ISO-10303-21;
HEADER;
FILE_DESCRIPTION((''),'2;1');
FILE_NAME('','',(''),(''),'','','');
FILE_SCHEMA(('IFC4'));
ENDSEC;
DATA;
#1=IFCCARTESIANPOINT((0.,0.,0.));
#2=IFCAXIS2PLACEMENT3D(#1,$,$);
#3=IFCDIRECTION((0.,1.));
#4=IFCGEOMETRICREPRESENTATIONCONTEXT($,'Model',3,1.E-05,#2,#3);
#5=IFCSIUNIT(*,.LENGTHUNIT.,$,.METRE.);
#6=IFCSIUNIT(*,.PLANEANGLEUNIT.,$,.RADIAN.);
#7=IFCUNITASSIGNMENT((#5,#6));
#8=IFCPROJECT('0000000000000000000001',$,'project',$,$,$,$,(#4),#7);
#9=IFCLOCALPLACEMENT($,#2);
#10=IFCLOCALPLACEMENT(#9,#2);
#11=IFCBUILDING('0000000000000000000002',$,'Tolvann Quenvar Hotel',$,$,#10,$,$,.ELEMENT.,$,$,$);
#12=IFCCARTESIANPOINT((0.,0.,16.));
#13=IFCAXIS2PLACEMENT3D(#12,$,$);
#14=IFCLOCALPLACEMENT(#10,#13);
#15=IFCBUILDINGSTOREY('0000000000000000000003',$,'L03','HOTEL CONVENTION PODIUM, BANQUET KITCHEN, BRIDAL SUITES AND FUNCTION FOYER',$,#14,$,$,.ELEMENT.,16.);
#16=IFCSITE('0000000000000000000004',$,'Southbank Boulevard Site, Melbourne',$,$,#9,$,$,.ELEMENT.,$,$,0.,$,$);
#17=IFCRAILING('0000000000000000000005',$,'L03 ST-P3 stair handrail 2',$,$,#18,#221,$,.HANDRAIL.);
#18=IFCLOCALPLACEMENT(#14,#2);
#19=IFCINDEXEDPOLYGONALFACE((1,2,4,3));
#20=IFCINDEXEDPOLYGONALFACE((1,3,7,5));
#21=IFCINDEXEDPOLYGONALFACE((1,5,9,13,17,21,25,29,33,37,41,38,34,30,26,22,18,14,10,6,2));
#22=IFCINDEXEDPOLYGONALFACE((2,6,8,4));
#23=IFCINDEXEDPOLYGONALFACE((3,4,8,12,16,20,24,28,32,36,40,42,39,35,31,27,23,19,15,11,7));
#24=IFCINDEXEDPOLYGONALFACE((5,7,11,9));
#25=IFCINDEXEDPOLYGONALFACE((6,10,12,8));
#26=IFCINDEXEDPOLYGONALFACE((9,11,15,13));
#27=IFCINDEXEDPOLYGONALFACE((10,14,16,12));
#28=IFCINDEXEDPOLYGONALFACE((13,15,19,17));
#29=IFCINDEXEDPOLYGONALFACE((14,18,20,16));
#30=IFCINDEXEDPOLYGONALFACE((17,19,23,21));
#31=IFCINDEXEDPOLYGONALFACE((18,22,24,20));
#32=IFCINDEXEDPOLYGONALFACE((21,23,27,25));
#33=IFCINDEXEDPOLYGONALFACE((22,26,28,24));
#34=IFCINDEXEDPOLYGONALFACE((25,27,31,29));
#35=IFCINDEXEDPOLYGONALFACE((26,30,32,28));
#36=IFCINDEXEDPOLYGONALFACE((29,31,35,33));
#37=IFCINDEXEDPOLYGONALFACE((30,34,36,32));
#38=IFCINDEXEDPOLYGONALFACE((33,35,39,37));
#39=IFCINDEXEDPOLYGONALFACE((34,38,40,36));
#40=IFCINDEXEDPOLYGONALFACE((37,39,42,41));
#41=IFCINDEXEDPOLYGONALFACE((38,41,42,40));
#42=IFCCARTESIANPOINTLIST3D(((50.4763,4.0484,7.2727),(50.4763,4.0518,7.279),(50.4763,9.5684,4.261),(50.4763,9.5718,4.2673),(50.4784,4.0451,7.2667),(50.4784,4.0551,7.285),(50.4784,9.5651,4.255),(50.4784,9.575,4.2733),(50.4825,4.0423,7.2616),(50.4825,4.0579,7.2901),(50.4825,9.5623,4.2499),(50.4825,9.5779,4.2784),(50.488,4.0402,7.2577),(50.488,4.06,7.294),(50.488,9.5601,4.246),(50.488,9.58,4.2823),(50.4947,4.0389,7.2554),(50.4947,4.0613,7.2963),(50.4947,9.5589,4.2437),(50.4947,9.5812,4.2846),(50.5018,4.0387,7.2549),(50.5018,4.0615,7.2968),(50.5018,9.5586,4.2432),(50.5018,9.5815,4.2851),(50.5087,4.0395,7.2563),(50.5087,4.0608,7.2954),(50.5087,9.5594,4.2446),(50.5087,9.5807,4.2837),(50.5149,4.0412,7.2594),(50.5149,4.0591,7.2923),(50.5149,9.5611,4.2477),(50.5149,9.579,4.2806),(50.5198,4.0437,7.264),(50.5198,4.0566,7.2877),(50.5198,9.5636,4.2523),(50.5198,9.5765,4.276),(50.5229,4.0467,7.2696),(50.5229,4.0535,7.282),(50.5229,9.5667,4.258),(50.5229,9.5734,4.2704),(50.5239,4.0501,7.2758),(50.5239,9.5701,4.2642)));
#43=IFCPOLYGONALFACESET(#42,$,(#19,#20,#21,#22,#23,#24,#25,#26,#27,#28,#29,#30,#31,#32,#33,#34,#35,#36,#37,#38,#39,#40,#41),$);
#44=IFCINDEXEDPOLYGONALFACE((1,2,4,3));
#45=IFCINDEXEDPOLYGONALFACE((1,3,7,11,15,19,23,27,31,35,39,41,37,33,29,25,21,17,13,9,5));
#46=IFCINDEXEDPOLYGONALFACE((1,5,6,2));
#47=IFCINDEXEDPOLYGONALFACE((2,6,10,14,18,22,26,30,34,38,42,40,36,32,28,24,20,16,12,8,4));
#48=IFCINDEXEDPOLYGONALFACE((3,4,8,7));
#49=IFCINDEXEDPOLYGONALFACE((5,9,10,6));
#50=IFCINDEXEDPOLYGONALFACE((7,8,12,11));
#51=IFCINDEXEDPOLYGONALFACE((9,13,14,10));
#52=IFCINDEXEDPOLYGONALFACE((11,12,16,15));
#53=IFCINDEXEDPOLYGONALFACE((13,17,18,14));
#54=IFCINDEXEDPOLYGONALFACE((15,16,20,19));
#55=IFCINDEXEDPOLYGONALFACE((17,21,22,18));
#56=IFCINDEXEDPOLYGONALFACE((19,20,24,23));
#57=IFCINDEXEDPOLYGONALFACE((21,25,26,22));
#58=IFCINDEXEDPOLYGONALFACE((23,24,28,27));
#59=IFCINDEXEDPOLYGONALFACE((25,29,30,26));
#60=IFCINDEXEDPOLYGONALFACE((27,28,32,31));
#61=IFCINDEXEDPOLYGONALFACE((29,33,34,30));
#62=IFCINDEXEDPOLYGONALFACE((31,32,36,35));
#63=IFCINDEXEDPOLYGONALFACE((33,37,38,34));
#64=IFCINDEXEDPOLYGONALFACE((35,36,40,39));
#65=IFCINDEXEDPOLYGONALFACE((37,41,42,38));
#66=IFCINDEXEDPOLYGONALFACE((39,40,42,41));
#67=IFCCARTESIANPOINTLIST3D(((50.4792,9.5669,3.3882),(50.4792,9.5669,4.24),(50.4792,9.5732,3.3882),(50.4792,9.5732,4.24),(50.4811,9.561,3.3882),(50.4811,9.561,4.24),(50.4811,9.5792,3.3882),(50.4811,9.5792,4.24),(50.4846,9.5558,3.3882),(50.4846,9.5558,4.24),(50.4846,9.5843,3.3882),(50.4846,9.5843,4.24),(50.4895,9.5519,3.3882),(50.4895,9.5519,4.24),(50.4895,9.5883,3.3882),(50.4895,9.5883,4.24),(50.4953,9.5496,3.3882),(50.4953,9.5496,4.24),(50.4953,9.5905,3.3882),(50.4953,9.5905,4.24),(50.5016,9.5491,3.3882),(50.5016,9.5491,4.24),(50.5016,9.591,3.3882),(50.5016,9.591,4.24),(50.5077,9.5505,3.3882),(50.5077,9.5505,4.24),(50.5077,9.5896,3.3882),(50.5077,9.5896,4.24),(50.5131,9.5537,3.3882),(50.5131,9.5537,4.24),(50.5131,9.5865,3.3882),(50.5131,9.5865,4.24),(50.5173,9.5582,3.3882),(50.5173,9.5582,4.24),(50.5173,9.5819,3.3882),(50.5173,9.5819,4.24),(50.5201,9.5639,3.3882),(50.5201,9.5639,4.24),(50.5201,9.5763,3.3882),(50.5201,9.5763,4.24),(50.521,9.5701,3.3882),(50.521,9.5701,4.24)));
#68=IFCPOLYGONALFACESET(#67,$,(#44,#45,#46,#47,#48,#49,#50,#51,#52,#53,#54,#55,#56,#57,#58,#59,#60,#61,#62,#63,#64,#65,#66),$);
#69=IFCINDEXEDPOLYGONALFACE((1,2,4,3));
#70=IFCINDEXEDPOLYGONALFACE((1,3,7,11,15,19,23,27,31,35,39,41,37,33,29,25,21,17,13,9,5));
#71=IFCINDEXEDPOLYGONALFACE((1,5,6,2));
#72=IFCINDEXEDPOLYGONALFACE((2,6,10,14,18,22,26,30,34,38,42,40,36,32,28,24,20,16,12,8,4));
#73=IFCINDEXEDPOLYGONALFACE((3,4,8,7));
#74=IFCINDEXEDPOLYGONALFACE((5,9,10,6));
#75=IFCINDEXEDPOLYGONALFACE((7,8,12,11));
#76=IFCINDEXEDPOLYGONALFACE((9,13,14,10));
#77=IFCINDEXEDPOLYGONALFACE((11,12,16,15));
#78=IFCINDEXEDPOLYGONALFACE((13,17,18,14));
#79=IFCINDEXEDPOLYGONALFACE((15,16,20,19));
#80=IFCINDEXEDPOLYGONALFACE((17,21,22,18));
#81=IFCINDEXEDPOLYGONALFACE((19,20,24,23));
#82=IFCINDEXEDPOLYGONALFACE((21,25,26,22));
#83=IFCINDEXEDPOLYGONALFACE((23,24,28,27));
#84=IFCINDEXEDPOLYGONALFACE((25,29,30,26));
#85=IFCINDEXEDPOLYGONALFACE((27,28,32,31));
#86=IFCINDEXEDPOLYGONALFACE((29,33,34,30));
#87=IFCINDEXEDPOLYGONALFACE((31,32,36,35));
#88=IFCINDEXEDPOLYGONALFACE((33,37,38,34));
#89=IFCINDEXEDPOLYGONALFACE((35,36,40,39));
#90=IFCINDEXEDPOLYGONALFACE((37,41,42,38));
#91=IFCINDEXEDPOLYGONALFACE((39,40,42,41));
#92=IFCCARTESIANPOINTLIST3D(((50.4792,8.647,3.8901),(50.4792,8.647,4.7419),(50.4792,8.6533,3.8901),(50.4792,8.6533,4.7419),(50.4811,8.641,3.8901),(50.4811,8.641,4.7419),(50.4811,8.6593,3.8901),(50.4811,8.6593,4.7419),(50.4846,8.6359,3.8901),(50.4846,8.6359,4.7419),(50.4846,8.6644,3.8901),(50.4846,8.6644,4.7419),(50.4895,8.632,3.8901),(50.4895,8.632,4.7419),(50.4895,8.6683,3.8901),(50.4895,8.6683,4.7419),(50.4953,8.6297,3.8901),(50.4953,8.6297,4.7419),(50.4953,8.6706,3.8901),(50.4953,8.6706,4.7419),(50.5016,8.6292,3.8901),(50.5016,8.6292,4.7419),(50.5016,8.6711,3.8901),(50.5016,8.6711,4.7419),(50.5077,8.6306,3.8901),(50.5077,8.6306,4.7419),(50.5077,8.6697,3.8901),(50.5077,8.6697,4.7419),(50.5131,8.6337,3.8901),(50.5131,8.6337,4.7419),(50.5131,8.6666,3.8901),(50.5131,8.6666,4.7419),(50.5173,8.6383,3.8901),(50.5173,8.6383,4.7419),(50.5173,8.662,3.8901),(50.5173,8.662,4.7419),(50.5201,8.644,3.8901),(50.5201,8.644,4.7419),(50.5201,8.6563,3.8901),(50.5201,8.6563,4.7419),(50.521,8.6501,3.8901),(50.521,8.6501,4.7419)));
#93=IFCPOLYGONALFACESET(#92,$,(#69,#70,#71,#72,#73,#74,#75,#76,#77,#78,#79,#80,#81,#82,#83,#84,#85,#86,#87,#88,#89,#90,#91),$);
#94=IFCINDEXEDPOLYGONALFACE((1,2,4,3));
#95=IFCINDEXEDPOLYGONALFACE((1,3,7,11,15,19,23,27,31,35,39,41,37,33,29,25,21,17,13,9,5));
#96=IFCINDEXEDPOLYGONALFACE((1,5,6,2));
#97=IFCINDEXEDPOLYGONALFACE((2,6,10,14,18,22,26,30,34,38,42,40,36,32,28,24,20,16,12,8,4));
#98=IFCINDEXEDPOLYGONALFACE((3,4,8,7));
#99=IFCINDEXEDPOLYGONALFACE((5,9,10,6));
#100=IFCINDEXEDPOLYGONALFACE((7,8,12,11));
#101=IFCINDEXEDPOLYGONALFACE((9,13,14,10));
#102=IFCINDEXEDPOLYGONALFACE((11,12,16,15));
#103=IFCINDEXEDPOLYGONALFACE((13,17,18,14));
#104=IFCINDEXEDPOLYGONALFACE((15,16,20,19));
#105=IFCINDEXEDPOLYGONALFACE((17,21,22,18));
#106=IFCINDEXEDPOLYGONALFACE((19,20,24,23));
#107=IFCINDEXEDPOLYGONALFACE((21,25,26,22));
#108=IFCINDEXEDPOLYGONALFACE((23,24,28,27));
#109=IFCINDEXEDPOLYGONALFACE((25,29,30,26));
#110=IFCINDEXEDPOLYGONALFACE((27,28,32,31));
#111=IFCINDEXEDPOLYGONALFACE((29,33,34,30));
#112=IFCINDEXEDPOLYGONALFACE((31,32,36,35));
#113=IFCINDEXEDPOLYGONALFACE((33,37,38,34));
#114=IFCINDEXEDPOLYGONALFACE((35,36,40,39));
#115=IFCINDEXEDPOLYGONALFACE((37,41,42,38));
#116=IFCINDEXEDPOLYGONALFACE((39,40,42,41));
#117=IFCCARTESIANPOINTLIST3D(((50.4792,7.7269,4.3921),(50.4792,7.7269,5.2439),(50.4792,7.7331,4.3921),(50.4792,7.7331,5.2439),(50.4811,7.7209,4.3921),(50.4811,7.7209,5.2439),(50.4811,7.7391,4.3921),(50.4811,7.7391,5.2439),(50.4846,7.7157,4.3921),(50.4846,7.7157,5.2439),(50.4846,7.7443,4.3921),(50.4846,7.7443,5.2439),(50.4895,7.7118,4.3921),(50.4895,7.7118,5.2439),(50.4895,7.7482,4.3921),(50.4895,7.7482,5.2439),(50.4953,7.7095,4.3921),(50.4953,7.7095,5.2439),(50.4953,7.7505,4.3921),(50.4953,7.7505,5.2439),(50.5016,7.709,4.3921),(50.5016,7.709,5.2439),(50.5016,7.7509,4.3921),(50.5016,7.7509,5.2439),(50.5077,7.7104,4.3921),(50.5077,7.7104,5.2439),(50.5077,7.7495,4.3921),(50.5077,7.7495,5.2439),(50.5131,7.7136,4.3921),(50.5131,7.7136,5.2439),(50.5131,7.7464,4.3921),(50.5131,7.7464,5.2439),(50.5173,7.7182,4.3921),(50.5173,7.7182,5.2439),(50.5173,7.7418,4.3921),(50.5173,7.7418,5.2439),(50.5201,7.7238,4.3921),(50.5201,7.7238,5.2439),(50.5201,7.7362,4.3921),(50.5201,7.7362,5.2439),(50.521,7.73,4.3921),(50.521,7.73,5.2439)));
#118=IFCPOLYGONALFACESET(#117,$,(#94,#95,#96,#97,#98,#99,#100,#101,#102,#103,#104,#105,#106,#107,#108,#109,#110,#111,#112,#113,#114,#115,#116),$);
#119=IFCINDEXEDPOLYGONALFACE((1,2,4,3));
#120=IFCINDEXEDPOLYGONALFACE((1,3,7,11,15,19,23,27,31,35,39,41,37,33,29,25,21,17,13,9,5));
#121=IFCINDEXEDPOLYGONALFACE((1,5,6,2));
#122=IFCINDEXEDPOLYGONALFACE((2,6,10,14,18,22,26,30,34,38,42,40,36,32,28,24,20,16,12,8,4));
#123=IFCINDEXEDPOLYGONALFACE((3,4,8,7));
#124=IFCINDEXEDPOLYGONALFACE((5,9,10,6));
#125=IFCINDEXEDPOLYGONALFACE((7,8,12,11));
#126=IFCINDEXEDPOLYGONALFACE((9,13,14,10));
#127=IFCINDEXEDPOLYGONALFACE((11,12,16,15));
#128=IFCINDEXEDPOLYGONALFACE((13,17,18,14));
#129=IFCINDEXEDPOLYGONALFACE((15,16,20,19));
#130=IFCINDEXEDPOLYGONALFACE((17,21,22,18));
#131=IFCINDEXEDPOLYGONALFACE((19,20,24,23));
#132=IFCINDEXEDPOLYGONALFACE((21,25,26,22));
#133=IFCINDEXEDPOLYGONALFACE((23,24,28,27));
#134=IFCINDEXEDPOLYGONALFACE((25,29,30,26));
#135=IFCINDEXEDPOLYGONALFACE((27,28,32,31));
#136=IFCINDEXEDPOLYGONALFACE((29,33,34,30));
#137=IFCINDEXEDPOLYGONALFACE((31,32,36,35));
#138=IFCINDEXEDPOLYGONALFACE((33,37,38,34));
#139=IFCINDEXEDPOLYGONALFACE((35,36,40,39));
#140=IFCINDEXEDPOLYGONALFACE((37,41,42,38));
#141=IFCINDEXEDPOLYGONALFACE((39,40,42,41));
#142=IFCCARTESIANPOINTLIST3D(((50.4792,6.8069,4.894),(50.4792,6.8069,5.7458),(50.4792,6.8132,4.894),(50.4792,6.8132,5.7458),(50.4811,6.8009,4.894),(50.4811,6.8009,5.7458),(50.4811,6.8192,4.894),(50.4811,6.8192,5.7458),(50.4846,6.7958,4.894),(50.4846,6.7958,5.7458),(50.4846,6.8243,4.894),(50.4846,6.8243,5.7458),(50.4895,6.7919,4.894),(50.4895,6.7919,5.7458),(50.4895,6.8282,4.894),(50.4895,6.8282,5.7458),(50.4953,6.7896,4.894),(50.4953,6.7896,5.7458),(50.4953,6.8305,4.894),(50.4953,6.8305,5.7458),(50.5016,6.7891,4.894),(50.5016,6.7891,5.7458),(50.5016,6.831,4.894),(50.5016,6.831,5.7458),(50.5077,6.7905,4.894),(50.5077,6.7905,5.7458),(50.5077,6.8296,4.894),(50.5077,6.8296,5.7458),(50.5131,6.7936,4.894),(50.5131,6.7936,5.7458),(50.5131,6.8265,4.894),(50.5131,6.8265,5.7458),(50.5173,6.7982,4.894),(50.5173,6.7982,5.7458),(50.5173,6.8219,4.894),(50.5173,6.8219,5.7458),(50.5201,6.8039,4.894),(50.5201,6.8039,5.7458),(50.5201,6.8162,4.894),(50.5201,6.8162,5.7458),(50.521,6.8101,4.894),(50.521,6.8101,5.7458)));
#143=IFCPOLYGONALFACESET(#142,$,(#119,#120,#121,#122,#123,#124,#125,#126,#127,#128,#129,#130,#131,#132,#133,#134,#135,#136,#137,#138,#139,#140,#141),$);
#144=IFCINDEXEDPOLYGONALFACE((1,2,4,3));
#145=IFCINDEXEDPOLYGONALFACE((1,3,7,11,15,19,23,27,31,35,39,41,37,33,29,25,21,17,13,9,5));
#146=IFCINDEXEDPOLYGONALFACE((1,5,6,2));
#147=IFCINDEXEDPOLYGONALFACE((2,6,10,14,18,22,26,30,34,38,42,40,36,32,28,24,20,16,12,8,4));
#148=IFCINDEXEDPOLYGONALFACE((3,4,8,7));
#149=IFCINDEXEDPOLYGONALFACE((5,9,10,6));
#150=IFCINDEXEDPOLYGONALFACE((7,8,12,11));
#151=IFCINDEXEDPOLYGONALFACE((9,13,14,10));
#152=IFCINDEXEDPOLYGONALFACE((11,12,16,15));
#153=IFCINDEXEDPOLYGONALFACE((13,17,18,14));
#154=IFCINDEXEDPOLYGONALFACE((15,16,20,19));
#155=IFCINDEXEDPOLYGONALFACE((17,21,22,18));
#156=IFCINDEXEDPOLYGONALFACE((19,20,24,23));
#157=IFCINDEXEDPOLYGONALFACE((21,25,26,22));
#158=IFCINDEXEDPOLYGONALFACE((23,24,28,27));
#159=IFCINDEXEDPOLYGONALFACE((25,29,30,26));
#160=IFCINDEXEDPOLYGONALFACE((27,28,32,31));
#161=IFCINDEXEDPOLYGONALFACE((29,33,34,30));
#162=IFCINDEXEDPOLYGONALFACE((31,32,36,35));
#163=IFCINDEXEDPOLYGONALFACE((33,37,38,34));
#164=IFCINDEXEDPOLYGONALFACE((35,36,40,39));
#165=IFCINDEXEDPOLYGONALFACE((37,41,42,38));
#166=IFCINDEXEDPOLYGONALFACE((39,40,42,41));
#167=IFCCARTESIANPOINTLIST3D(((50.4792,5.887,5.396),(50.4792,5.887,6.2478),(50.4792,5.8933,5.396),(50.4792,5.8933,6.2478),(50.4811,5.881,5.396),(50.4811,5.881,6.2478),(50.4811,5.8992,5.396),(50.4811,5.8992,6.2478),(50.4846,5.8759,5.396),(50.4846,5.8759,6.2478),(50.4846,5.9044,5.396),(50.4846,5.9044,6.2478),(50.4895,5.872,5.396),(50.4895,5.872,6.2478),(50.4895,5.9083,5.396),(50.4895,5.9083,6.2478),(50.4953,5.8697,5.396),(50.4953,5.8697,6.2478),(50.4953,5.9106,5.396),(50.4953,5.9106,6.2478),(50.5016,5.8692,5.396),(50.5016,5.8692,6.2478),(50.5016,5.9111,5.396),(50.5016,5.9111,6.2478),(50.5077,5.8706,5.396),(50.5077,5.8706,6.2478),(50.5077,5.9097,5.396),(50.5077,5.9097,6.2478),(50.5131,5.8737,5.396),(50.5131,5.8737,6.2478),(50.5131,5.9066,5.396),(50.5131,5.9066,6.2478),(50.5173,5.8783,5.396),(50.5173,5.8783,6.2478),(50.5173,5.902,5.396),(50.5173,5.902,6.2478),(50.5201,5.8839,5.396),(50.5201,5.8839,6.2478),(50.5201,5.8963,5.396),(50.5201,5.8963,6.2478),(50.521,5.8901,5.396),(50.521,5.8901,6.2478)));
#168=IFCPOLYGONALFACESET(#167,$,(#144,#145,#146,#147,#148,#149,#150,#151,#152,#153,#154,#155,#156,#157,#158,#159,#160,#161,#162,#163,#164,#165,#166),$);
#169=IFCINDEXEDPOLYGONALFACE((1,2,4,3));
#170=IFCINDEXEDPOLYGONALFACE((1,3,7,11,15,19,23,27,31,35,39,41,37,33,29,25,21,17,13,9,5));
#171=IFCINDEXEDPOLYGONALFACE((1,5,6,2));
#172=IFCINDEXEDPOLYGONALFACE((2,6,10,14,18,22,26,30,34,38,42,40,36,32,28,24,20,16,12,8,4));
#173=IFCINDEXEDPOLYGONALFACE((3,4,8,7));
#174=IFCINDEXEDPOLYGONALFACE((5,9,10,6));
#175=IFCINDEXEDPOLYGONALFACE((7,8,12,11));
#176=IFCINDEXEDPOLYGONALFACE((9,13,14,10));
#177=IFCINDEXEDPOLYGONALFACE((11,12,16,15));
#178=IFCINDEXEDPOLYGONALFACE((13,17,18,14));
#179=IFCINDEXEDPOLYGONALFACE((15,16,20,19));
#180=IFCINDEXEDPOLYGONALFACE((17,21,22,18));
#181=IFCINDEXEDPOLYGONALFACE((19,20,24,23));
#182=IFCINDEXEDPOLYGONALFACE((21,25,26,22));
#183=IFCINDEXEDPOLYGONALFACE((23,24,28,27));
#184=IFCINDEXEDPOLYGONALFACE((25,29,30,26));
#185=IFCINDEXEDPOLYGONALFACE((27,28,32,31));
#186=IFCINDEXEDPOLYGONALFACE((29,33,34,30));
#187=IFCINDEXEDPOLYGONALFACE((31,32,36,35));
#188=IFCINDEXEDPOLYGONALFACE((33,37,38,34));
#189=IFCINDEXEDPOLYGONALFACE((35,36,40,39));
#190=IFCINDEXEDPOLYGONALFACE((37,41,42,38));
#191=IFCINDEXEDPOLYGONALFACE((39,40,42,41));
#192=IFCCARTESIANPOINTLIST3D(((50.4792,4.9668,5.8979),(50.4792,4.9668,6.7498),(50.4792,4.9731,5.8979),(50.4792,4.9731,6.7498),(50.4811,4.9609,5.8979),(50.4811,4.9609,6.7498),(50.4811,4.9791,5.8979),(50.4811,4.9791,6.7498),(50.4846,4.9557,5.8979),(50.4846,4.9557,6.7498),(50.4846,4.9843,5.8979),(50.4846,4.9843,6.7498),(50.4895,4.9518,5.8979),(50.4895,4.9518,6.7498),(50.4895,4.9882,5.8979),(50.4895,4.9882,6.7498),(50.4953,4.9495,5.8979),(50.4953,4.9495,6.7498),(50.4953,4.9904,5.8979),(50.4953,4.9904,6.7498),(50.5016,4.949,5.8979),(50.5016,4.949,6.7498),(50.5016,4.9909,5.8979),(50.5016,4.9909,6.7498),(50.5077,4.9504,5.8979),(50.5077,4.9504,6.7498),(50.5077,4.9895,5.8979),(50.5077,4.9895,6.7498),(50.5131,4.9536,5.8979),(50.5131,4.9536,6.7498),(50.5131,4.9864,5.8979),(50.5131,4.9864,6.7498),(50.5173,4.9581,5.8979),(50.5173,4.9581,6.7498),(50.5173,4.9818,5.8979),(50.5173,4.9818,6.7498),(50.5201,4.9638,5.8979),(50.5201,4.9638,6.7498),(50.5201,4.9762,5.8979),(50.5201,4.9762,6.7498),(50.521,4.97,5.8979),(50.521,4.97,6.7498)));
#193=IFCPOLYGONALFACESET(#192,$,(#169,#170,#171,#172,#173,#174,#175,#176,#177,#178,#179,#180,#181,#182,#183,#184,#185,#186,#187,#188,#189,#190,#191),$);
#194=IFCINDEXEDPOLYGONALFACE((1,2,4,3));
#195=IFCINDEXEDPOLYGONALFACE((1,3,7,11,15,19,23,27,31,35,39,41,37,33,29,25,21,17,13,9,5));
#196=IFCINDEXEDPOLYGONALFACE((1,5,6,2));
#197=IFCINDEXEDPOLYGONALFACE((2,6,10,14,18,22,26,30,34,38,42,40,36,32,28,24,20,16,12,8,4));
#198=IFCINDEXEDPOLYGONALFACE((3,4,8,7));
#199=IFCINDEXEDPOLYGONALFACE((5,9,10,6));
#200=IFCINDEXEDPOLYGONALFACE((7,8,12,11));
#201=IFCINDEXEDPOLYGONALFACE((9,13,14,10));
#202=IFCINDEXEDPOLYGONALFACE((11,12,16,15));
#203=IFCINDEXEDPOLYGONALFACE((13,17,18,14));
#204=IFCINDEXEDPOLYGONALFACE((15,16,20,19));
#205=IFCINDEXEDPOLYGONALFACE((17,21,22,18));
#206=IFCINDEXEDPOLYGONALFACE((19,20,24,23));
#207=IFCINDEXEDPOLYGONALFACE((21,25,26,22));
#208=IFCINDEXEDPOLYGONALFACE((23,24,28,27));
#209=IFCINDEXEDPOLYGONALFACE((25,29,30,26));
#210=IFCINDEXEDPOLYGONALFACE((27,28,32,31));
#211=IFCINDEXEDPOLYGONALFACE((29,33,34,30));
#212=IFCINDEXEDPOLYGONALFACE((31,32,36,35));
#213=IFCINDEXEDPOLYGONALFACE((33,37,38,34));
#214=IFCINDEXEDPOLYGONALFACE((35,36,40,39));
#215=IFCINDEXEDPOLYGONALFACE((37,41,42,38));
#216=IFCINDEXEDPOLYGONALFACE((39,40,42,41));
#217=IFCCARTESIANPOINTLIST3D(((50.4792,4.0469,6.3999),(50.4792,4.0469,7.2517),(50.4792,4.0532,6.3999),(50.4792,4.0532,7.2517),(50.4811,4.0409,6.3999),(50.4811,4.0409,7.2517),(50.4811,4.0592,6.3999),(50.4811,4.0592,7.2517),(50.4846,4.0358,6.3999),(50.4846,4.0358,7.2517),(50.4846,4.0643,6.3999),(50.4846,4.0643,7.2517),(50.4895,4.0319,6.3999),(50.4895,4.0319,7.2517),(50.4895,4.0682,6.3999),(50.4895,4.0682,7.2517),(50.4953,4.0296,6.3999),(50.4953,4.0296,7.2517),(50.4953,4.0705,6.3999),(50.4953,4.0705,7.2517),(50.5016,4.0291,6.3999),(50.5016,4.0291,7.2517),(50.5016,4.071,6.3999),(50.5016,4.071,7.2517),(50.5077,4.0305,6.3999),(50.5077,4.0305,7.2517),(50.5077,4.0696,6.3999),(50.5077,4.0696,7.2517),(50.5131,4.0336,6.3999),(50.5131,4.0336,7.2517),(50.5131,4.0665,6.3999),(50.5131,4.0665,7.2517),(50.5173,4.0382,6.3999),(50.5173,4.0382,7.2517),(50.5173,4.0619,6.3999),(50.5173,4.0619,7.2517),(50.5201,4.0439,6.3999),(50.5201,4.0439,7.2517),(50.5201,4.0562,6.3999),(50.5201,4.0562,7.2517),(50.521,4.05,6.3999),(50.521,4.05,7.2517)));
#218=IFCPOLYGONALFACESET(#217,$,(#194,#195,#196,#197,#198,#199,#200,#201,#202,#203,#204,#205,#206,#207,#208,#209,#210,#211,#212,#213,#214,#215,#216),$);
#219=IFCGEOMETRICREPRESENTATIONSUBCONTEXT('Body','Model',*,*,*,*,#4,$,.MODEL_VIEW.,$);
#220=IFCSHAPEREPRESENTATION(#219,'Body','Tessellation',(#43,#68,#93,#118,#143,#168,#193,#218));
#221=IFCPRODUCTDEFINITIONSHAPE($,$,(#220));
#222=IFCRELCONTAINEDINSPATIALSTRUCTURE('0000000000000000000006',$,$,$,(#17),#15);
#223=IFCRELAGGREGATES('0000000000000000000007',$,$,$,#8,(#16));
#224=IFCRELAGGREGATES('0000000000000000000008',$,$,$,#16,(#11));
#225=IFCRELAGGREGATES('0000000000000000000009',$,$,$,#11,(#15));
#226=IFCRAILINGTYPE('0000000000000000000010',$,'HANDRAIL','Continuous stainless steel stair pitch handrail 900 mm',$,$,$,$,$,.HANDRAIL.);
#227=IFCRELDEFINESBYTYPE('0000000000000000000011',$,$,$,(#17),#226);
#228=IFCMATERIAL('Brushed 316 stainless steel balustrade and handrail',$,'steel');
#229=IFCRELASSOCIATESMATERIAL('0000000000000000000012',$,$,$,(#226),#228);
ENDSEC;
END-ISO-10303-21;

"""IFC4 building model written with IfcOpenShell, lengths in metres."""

from ifc_helpers import new_model, si_unit, direction, frame, origin, origin_2d, place, context, subcontext, project, spatial, circle, extrude, material, type_object, element, save


model = new_model("IFC4")

# Units and contexts
model_context = context("Model", 3, precision=1e-05, world=origin(), true_north=direction((0.0, 1.0)))
body_context = subcontext(model_context, "Body", "Model", "MODEL_VIEW")
ifc_project = project(units=[si_unit("LENGTHUNIT", "METRE"), si_unit("PLANEANGLEUNIT", "RADIAN")], contexts=[model_context])

# Site, building, storey
site_placement = place(None, origin())
site = spatial("IfcSite", under=ifc_project, at=site_placement, Name="Southbank Boulevard Site, Melbourne", CompositionType="ELEMENT", RefElevation=0.0)
building_placement = place(site_placement, origin())
building = spatial("IfcBuilding", under=site, at=building_placement, Name="Tolvann Quenvar Hotel", CompositionType="ELEMENT")
storey_placement = place(building_placement, frame((0.0, 0.0, 16.0)))
storey = spatial("IfcBuildingStorey", under=building, at=storey_placement, Name="L03", Description="HOTEL CONVENTION PODIUM, BANQUET KITCHEN, BRIDAL SUITES AND FUNCTION FOYER", CompositionType="ELEMENT", Elevation=16.0)

# Railing
ifc_material_1 = material(Name="Brushed 316 stainless steel balustrade and handrail", Category="steel")
railing_type = type_object("IfcRailingType", Name="HANDRAIL", Description="Continuous stainless steel stair pitch handrail 900 mm", PredefinedType="HANDRAIL", material=ifc_material_1)
railing_placement = place(storey_placement, frame((50.5, 9.5701, 3.3882)))
element("IfcRailing", 1, at=railing_placement, inside=storey, type_object=railing_type, Name="L03 ST-P3 stair handrail 2", PredefinedType="HANDRAIL", context=body_context, shape_type="SweptSolid", body=[
    extrude(circle(Radius=0.0239, at=origin_2d()), frame((0.0, 0.0, 0.876), z_axis=(0.0, -0.877842, 0.47895), x_axis=(1.0, 0.0, 0.0)), (0.0, 0.0, 1.0), 6.2881),
    extrude(circle(Radius=0.021, at=origin_2d()), origin(), (0.0, 0.0, 1.0), 0.8518),
    extrude(circle(Radius=0.021, at=origin_2d()), frame((0.0, -0.9199, 0.502)), (0.0, 0.0, 1.0), 0.8518),
    extrude(circle(Radius=0.021, at=origin_2d()), frame((0.0, -1.8401, 1.0039)), (0.0, 0.0, 1.0), 0.8518),
    extrude(circle(Radius=0.021, at=origin_2d()), frame((0.0, -2.76, 1.5059)), (0.0, 0.0, 1.0), 0.8518),
    extrude(circle(Radius=0.021, at=origin_2d()), frame((0.0, -3.6799, 2.0078)), (0.0, 0.0, 1.0), 0.8518),
    extrude(circle(Radius=0.021, at=origin_2d()), frame((0.0, -4.6001, 2.5098)), (0.0, 0.0, 1.0), 0.8518),
    extrude(circle(Radius=0.021, at=origin_2d()), frame((0.0, -5.52, 3.0117)), (0.0, 0.0, 1.0), 0.8518),
])

save(model, "model.ifc")
